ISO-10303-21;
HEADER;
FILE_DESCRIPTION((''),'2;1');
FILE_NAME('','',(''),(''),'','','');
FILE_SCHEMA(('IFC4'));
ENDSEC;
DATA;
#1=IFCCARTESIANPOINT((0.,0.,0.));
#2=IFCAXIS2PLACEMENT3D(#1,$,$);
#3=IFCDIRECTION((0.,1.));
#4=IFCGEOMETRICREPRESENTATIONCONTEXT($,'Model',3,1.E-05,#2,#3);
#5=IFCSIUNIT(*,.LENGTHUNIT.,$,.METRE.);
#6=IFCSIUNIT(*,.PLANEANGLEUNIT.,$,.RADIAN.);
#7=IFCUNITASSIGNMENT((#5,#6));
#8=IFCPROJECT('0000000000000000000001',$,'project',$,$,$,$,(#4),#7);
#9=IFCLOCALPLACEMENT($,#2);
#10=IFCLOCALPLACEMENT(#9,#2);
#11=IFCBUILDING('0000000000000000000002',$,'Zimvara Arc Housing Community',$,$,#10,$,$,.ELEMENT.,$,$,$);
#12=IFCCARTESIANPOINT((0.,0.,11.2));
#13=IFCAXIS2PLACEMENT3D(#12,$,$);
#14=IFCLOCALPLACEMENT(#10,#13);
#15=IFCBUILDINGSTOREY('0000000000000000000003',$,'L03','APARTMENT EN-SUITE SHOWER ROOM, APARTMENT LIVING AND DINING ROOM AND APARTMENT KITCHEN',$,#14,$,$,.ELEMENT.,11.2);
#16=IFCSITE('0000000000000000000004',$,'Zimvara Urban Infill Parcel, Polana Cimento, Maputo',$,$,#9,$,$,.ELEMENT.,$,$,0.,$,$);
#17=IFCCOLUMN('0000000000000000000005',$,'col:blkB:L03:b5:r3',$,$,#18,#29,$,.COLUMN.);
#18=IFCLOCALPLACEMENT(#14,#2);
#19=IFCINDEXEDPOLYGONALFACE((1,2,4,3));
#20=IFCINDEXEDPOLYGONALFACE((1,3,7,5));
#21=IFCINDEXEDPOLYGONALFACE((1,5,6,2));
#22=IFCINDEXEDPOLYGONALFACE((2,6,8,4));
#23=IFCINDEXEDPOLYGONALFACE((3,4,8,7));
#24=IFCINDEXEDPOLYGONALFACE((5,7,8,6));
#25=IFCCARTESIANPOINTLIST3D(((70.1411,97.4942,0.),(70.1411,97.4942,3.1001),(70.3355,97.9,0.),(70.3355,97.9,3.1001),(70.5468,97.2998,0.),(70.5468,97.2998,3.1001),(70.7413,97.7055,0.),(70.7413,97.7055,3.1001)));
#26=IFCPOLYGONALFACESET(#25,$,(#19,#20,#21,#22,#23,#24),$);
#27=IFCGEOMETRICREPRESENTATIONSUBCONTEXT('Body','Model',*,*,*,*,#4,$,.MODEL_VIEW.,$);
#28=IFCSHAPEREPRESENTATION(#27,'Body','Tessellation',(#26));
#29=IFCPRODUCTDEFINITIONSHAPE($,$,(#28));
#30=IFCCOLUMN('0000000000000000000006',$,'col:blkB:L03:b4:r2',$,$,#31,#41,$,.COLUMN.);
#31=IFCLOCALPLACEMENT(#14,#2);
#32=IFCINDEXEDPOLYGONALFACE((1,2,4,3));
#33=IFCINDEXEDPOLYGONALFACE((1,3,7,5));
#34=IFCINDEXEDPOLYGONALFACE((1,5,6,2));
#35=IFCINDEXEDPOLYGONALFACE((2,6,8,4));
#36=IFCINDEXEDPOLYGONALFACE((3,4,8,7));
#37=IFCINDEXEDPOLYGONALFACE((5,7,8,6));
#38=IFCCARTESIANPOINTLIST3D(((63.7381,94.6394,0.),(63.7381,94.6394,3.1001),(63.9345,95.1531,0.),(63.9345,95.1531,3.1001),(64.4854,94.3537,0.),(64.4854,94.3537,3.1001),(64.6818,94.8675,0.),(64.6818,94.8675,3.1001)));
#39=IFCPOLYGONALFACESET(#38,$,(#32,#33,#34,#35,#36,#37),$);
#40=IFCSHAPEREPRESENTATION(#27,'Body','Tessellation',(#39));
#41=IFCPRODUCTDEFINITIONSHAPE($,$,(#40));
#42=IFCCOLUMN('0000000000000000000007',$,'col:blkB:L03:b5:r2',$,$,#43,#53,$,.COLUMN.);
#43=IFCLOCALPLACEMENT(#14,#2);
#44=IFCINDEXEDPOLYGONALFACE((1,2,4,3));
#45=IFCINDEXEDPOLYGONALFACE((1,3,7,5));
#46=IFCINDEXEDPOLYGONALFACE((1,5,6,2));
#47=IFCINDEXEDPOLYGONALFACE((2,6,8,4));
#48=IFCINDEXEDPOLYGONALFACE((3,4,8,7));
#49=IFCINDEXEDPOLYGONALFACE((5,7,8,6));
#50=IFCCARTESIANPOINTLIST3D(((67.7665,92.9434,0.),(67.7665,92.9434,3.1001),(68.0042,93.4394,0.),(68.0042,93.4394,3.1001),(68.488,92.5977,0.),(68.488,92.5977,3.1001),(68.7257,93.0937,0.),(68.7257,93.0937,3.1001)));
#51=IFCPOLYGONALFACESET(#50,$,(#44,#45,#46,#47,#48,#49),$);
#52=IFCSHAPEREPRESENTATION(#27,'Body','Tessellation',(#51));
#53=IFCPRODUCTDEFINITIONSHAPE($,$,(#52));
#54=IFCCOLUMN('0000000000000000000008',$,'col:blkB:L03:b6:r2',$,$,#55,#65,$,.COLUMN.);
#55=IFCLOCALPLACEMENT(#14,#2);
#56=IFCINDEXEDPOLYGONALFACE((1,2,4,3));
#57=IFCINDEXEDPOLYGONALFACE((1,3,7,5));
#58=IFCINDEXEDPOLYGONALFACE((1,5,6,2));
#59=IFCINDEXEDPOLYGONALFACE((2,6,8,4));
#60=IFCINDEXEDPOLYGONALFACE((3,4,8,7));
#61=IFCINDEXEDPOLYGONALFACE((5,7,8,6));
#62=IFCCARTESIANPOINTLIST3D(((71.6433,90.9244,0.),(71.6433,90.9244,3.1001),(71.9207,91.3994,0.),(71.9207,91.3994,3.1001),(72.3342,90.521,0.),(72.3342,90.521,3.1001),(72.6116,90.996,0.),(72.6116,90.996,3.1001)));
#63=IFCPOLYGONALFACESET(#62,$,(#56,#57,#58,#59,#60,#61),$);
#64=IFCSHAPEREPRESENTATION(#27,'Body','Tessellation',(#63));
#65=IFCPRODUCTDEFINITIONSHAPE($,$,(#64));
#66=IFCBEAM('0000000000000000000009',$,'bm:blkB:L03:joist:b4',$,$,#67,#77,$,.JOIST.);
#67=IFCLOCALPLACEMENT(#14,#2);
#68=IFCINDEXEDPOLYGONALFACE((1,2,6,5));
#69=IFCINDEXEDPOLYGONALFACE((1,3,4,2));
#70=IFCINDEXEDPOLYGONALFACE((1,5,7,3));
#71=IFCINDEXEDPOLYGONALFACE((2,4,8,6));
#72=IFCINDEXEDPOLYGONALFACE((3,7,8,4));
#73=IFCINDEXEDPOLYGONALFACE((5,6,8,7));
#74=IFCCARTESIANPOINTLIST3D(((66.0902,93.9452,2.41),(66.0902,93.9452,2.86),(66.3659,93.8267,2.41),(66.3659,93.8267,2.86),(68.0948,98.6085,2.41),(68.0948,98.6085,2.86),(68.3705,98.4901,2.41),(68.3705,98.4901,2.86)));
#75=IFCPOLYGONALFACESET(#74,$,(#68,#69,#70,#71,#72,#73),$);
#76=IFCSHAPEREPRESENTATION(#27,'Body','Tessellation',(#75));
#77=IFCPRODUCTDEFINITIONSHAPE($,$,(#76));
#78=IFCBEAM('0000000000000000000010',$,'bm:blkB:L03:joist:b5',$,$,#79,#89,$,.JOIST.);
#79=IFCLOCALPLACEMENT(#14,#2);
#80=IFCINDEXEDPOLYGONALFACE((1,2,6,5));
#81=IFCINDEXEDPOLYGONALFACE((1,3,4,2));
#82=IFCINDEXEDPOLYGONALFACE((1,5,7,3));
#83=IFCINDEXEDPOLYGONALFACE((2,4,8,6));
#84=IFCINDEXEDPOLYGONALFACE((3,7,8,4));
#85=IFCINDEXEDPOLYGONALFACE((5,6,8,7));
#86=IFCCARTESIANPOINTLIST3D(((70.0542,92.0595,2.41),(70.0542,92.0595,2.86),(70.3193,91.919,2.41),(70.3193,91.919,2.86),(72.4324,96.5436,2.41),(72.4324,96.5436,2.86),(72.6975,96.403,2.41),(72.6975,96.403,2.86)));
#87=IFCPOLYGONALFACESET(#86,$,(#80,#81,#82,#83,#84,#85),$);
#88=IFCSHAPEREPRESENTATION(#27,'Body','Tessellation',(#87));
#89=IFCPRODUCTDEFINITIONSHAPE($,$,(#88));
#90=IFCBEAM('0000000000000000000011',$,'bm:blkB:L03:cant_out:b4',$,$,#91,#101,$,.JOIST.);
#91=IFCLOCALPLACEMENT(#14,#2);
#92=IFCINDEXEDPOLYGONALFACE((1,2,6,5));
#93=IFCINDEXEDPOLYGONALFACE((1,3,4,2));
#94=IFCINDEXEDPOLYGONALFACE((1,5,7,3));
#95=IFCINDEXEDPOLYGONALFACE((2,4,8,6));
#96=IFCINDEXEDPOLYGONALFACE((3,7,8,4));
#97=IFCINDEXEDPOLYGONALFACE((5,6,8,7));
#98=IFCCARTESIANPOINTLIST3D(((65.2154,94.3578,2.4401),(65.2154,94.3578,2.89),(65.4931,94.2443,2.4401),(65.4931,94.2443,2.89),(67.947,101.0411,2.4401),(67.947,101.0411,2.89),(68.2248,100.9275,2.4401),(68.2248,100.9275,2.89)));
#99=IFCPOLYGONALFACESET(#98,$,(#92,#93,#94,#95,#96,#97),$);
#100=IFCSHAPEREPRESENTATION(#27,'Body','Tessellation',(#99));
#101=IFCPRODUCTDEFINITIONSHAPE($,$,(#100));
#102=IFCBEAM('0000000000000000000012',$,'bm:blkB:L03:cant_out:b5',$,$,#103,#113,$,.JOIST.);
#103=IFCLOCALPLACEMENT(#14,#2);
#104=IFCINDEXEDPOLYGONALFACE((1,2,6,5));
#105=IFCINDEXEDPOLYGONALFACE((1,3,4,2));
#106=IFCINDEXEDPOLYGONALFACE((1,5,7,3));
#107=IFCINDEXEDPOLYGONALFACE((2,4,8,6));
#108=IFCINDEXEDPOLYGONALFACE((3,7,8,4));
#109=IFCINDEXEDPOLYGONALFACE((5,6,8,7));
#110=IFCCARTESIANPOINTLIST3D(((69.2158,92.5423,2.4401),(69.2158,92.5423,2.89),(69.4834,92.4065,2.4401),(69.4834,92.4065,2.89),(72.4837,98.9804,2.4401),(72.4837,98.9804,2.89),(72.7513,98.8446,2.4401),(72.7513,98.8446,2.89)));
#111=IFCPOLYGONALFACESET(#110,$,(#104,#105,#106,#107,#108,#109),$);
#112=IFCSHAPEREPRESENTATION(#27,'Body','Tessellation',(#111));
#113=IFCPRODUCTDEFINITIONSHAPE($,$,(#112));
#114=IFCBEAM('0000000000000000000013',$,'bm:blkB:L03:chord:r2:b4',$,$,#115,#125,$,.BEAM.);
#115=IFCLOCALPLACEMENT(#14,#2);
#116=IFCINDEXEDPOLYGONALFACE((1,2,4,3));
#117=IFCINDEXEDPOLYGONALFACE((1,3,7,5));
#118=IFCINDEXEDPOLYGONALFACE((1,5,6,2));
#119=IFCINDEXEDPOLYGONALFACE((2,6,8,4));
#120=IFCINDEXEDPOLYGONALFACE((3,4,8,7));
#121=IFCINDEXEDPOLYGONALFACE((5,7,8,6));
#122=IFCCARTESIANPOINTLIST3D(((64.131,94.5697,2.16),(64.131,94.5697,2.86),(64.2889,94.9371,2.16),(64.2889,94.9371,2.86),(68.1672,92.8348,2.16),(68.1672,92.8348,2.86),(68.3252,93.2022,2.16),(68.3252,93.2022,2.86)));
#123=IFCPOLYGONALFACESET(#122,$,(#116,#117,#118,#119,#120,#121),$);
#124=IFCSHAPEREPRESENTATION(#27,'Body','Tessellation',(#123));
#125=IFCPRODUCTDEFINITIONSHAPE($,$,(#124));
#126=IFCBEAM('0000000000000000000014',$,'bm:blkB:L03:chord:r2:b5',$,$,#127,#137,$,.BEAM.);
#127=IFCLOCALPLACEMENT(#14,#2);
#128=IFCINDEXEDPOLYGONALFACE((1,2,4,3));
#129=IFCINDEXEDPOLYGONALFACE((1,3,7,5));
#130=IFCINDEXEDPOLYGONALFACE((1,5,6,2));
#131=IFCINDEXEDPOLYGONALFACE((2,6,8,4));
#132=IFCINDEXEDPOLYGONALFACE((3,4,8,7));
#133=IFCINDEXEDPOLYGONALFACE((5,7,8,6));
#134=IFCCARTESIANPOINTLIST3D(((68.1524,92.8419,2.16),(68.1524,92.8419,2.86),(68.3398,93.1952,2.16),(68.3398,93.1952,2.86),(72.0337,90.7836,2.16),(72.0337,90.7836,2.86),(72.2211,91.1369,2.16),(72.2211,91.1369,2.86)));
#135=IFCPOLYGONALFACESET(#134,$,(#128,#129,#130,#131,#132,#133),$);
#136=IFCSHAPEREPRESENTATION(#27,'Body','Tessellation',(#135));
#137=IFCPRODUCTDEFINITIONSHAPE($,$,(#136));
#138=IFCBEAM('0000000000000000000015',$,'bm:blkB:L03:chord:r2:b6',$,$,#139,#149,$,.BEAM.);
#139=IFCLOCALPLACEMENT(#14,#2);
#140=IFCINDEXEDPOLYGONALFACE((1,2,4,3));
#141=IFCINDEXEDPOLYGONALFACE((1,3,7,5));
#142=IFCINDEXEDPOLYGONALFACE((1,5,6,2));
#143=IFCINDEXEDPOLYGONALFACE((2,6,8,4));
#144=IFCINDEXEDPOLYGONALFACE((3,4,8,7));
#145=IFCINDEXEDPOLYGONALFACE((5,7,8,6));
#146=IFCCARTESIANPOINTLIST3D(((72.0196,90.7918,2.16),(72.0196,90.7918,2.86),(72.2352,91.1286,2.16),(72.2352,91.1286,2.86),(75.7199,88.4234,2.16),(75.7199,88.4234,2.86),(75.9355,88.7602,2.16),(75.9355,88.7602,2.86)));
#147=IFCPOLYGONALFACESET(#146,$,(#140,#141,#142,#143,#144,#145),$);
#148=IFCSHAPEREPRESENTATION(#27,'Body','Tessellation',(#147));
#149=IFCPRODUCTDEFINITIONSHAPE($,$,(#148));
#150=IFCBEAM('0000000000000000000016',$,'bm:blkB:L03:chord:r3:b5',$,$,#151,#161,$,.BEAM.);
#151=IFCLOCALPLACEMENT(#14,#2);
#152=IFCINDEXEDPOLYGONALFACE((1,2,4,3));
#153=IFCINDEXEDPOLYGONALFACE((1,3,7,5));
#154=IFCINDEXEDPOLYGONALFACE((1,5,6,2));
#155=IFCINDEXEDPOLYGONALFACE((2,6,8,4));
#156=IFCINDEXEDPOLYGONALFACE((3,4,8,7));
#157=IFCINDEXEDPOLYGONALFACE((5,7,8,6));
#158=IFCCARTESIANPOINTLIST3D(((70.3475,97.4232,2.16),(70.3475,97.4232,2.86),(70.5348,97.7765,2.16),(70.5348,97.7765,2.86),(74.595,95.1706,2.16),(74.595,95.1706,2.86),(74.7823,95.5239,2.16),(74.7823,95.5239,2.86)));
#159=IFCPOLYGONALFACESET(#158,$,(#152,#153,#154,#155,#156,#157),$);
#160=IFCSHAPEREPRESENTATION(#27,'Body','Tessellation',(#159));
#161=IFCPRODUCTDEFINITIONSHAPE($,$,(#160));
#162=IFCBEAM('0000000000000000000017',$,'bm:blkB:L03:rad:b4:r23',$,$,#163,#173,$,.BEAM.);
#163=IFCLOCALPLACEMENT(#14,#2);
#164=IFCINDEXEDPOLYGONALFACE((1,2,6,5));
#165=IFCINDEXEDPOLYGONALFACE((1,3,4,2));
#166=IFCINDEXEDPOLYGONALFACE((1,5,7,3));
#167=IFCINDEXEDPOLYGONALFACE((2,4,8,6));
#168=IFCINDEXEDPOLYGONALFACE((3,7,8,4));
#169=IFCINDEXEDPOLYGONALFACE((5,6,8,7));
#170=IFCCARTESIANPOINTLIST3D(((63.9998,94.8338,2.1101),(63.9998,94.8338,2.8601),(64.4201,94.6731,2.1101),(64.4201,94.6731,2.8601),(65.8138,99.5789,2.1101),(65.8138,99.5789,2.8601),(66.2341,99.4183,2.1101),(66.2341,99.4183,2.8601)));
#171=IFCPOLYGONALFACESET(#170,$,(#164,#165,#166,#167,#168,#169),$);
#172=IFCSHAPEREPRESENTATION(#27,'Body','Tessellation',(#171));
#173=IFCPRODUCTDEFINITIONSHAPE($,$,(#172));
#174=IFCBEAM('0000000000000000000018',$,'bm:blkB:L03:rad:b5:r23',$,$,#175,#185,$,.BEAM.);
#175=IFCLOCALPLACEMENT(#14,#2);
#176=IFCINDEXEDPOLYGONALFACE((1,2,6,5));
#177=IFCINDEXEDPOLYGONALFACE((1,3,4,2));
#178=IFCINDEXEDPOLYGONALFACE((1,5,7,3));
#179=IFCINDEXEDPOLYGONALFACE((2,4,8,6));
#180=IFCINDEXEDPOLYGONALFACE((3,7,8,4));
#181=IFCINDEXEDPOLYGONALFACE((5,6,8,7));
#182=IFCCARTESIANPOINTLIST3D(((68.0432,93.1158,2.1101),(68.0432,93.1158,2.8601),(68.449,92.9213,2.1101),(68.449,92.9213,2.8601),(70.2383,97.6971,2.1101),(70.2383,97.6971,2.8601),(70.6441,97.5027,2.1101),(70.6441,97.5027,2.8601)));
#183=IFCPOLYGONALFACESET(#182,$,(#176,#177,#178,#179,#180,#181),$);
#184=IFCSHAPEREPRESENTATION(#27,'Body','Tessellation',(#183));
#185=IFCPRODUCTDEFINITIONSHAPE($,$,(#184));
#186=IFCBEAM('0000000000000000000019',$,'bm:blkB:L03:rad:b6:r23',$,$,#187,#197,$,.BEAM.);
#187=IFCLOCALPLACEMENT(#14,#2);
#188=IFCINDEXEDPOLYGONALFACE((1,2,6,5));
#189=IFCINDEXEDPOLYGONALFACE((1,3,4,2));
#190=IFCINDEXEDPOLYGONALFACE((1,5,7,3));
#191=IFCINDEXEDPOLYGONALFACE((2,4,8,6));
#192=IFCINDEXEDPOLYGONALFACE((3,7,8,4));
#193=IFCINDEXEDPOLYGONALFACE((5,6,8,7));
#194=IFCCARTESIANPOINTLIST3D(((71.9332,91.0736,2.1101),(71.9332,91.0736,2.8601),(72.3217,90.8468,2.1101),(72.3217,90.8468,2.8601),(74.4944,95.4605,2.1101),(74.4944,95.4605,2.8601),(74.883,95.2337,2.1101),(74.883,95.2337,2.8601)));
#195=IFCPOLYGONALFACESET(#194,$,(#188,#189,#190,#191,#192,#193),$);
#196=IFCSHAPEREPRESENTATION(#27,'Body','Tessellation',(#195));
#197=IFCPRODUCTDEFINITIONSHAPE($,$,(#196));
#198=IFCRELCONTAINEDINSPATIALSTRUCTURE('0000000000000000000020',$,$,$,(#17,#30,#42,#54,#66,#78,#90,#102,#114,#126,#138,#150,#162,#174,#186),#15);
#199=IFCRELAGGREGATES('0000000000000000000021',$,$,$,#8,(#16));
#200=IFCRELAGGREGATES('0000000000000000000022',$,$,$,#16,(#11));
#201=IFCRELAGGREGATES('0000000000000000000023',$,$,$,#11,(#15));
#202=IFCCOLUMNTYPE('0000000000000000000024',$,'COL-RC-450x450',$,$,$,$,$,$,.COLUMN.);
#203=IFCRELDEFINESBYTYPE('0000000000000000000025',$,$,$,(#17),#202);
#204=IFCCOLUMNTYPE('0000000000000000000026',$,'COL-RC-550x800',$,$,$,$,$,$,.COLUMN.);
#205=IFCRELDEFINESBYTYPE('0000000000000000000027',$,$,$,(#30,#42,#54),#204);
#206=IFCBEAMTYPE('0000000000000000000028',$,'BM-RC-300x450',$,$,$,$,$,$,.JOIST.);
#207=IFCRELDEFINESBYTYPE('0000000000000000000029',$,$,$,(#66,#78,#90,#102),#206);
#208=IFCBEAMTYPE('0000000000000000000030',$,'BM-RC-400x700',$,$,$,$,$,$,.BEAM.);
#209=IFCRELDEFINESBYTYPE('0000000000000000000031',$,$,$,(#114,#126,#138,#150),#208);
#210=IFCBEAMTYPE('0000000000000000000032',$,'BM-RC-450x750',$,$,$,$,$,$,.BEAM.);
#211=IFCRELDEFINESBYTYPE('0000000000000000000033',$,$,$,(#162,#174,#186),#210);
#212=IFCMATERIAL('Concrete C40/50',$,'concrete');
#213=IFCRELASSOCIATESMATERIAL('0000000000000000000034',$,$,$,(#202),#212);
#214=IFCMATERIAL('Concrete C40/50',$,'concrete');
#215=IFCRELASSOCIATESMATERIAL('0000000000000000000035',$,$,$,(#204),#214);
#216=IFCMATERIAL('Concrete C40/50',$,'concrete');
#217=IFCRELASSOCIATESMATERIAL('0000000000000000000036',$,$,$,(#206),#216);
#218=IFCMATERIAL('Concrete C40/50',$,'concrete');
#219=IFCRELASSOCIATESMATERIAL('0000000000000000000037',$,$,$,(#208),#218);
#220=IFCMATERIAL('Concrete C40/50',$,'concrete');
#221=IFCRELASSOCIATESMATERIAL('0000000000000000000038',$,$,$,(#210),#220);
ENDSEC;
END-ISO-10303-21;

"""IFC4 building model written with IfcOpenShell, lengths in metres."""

from ifc_helpers import new_model, si_unit, direction, frame, origin, origin_2d, place, context, subcontext, project, spatial, rectangle, extrude, material, material_profile, profile_set, type_object, element, save


model = new_model("IFC4")

# Units and contexts
model_context = context("Model", 3, precision=1e-05, world=origin(), true_north=direction((0.0, 1.0)))
body_context = subcontext(model_context, "Body", "Model", "MODEL_VIEW")
ifc_project = project(units=[si_unit("LENGTHUNIT", "METRE"), si_unit("PLANEANGLEUNIT", "RADIAN")], contexts=[model_context])

# Site, building, storey
site_placement = place(None, origin())
site = spatial("IfcSite", under=ifc_project, at=site_placement, Name="Zimvara Urban Infill Parcel, Polana Cimento, Maputo", CompositionType="ELEMENT", RefElevation=0.0)
building_placement = place(site_placement, origin())
building = spatial("IfcBuilding", under=site, at=building_placement, Name="Zimvara Arc Housing Community", CompositionType="ELEMENT")
storey_placement = place(building_placement, frame((0.0, 0.0, 11.2)))
storey = spatial("IfcBuildingStorey", under=building, at=storey_placement, Name="L03", Description="APARTMENT EN-SUITE SHOWER ROOM, APARTMENT LIVING AND DINING ROOM AND APARTMENT KITCHEN", CompositionType="ELEMENT", Elevation=11.2)

# Columns
ifc_material_1 = material(Name="Concrete C40/50", Category="concrete")
ifc_material_profile_1 = material_profile(ifc_material_1, rectangle(XDim=0.45, YDim=0.45, at=origin_2d()), Name="RC 450x450")
ifc_profile_set_1 = profile_set([ifc_material_profile_1], Name="Concrete C40/50")
column_type_1 = type_object("IfcColumnType", Name="COL-RC-450x450", PredefinedType="COLUMN", material=ifc_profile_set_1)
column_placement = place(storey_placement, frame((70.4412, 97.5999, 0.0), z_axis=(0.0, 0.0, 1.0), x_axis=(0.432086, 0.901833, 0.0)))
element("IfcColumn", 1, at=column_placement, inside=storey, type_object=column_type_1, Name="col:blkB:L03:b5:r3", PredefinedType="COLUMN", context=body_context, shape_type="SweptSolid", body=[
    extrude(rectangle(XDim=0.45, YDim=0.45, at=origin_2d()), origin(), (0.0, 0.0, 1.0), 3.1001),
])
ifc_material_2 = material(Name="Concrete C40/50", Category="concrete")
ifc_material_profile_2 = material_profile(ifc_material_2, rectangle(XDim=0.55, YDim=0.8, at=origin_2d()), Name="RC 550x800")
ifc_profile_set_2 = profile_set([ifc_material_profile_2], Name="Concrete C40/50")
column_type_2 = type_object("IfcColumnType", Name="COL-RC-550x800", PredefinedType="COLUMN", material=ifc_profile_set_2)
for number, where, z_axis, x_axis, name in (
    (2, (64.21, 94.7534, 0.0), (0.0, 0.0, 1.0), (0.357064, 0.93408, 0.0), "col:blkB:L03:b4:r2"),
    (3, (68.2461, 93.0186, 0.0), (0.0, 0.0, 1.0), (0.432086, 0.901833, 0.0), "col:blkB:L03:b5:r2"),
    (4, (72.1274, 90.9602, 0.0), (0.0, 0.0, 1.0), (0.504226, 0.863572, 0.0), "col:blkB:L03:b6:r2"),
):
    element("IfcColumn", number, at=place(storey_placement, frame(where, z_axis=z_axis, x_axis=x_axis)), inside=storey, type_object=column_type_2, Name=name, PredefinedType="COLUMN", context=body_context, shape_type="SweptSolid", body=[
        extrude(rectangle(XDim=0.55, YDim=0.8, at=origin_2d()), origin(), (0.0, 0.0, 1.0), 3.1001),
    ])

# Beams
ifc_material_3 = material(Name="Concrete C40/50", Category="concrete")
ifc_material_profile_3 = material_profile(ifc_material_3, rectangle(XDim=0.3, YDim=0.45, at=origin_2d()), Name="RC 300x450")
ifc_profile_set_3 = profile_set([ifc_material_profile_3], Name="Concrete C40/50")
beam_type_1 = type_object("IfcBeamType", Name="BM-RC-300x450", PredefinedType="JOIST", material=ifc_profile_set_3)
beam_1_placement = place(storey_placement, frame((66.228, 93.886, 2.635), z_axis=(0.394929, 0.918712, 0.0), x_axis=(-0.918712, 0.394929, 0.0)))
element("IfcBeam", 5, at=beam_1_placement, inside=storey, type_object=beam_type_1, Name="bm:blkB:L03:joist:b4", PredefinedType="JOIST", context=body_context, shape_type="SweptSolid", body=[
    extrude(rectangle(XDim=0.3, YDim=0.45, at=origin_2d()), origin(), (0.0, 0.0, 1.0), 5.0759),
])
beam_2_placement = place(storey_placement, frame((70.1868, 91.9893, 2.635), z_axis=(0.468537, 0.883444, 0.0), x_axis=(-0.883444, 0.468537, 0.0)))
element("IfcBeam", 6, at=beam_2_placement, inside=storey, type_object=beam_type_1, Name="bm:blkB:L03:joist:b5", PredefinedType="JOIST", context=body_context, shape_type="SweptSolid", body=[
    extrude(rectangle(XDim=0.3, YDim=0.45, at=origin_2d()), origin(), (0.0, 0.0, 1.0), 5.0757),
])
for number, where, z_axis, x_axis, name in (
    (7, (65.3542, 94.301, 2.665), (0.378347, 0.925664, 0.0), (-0.925664, 0.378347, 0.0), "bm:blkB:L03:cant_out:b4"),
    (8, (69.3496, 92.4744, 2.665), (0.452616, 0.891706, 0.0), (-0.891706, 0.452616, 0.0), "bm:blkB:L03:cant_out:b5"),
):
    element("IfcBeam", number, at=place(storey_placement, frame(where, z_axis=z_axis, x_axis=x_axis)), inside=storey, type_object=beam_type_1, Name=name, PredefinedType="JOIST", context=body_context, shape_type="SweptSolid", body=[
        extrude(rectangle(XDim=0.3, YDim=0.45, at=origin_2d()), origin(), (0.0, 0.0, 1.0), 7.22),
    ])
ifc_material_4 = material(Name="Concrete C40/50", Category="concrete")
ifc_material_profile_4 = material_profile(ifc_material_4, rectangle(XDim=0.3999, YDim=0.7, at=origin_2d()), Name="RC 400x700")
ifc_profile_set_4 = profile_set([ifc_material_profile_4], Name="Concrete C40/50")
beam_type_2 = type_object("IfcBeamType", Name="BM-RC-400x700", PredefinedType="BEAM", material=ifc_profile_set_4)
for number, where, z_axis, x_axis, name in (
    (9, (64.21, 94.7534, 2.51), (0.918725, -0.394898, 0.0), (0.394898, 0.918725, 0.0), "bm:blkB:L03:chord:r2:b4"),
    (10, (68.2461, 93.0186, 2.51), (0.883457, -0.468513, 0.0), (0.468513, 0.883457, 0.0), "bm:blkB:L03:chord:r2:b5"),
    (11, (72.1274, 90.9602, 2.51), (0.842242, -0.539099, 0.0), (0.539099, 0.842242, 0.0), "bm:blkB:L03:chord:r2:b6"),
):
    element("IfcBeam", number, at=place(storey_placement, frame(where, z_axis=z_axis, x_axis=x_axis)), inside=storey, type_object=beam_type_2, Name=name, PredefinedType="BEAM", context=body_context, shape_type="SweptSolid", body=[
        extrude(rectangle(XDim=0.3999, YDim=0.7, at=origin_2d()), origin(), (0.0, 0.0, 1.0), 4.3933),
    ])
beam_3_placement = place(storey_placement, frame((70.4412, 97.5999, 2.51), z_axis=(0.883446, -0.468534, 0.0), x_axis=(0.468534, 0.883446, 0.0)))
element("IfcBeam", 12, at=beam_3_placement, inside=storey, type_object=beam_type_2, Name="bm:blkB:L03:chord:r3:b5", PredefinedType="BEAM", context=body_context, shape_type="SweptSolid", body=[
    extrude(rectangle(XDim=0.3999, YDim=0.7, at=origin_2d()), origin(), (0.0, 0.0, 1.0), 4.8079),
])
ifc_material_5 = material(Name="Concrete C40/50", Category="concrete")
ifc_material_profile_5 = material_profile(ifc_material_5, rectangle(XDim=0.45, YDim=0.75, at=origin_2d()), Name="RC 450x750")
ifc_profile_set_5 = profile_set([ifc_material_profile_5], Name="Concrete C40/50")
beam_type_3 = type_object("IfcBeamType", Name="BM-RC-450x750", PredefinedType="BEAM", material=ifc_profile_set_5)
for number, where, z_axis, x_axis, name in (
    (13, (64.21, 94.7534, 2.4851), (0.357078, 0.934074, 0.0), (-0.934074, 0.357078, 0.0), "bm:blkB:L03:rad:b4:r23"),
    (14, (68.2461, 93.0186, 2.4851), (0.432098, 0.901827, 0.0), (-0.901827, 0.432098, 0.0), "bm:blkB:L03:rad:b5:r23"),
):
    element("IfcBeam", number, at=place(storey_placement, frame(where, z_axis=z_axis, x_axis=x_axis)), inside=storey, type_object=beam_type_3, Name=name, PredefinedType="BEAM", context=body_context, shape_type="SweptSolid", body=[
        extrude(rectangle(XDim=0.45, YDim=0.75, at=origin_2d()), origin(), (0.0, 0.0, 1.0), 5.0801),
    ])
beam_4_placement = place(storey_placement, frame((72.1274, 90.9602, 2.4851), z_axis=(0.504197, 0.863589, 0.0), x_axis=(-0.863589, 0.504197, 0.0)))
element("IfcBeam", 15, at=beam_4_placement, inside=storey, type_object=beam_type_3, Name="bm:blkB:L03:rad:b6:r23", PredefinedType="BEAM", context=body_context, shape_type="SweptSolid", body=[
    extrude(rectangle(XDim=0.45, YDim=0.75, at=origin_2d()), origin(), (0.0, 0.0, 1.0), 5.0798),
])

save(model, "model.ifc")
